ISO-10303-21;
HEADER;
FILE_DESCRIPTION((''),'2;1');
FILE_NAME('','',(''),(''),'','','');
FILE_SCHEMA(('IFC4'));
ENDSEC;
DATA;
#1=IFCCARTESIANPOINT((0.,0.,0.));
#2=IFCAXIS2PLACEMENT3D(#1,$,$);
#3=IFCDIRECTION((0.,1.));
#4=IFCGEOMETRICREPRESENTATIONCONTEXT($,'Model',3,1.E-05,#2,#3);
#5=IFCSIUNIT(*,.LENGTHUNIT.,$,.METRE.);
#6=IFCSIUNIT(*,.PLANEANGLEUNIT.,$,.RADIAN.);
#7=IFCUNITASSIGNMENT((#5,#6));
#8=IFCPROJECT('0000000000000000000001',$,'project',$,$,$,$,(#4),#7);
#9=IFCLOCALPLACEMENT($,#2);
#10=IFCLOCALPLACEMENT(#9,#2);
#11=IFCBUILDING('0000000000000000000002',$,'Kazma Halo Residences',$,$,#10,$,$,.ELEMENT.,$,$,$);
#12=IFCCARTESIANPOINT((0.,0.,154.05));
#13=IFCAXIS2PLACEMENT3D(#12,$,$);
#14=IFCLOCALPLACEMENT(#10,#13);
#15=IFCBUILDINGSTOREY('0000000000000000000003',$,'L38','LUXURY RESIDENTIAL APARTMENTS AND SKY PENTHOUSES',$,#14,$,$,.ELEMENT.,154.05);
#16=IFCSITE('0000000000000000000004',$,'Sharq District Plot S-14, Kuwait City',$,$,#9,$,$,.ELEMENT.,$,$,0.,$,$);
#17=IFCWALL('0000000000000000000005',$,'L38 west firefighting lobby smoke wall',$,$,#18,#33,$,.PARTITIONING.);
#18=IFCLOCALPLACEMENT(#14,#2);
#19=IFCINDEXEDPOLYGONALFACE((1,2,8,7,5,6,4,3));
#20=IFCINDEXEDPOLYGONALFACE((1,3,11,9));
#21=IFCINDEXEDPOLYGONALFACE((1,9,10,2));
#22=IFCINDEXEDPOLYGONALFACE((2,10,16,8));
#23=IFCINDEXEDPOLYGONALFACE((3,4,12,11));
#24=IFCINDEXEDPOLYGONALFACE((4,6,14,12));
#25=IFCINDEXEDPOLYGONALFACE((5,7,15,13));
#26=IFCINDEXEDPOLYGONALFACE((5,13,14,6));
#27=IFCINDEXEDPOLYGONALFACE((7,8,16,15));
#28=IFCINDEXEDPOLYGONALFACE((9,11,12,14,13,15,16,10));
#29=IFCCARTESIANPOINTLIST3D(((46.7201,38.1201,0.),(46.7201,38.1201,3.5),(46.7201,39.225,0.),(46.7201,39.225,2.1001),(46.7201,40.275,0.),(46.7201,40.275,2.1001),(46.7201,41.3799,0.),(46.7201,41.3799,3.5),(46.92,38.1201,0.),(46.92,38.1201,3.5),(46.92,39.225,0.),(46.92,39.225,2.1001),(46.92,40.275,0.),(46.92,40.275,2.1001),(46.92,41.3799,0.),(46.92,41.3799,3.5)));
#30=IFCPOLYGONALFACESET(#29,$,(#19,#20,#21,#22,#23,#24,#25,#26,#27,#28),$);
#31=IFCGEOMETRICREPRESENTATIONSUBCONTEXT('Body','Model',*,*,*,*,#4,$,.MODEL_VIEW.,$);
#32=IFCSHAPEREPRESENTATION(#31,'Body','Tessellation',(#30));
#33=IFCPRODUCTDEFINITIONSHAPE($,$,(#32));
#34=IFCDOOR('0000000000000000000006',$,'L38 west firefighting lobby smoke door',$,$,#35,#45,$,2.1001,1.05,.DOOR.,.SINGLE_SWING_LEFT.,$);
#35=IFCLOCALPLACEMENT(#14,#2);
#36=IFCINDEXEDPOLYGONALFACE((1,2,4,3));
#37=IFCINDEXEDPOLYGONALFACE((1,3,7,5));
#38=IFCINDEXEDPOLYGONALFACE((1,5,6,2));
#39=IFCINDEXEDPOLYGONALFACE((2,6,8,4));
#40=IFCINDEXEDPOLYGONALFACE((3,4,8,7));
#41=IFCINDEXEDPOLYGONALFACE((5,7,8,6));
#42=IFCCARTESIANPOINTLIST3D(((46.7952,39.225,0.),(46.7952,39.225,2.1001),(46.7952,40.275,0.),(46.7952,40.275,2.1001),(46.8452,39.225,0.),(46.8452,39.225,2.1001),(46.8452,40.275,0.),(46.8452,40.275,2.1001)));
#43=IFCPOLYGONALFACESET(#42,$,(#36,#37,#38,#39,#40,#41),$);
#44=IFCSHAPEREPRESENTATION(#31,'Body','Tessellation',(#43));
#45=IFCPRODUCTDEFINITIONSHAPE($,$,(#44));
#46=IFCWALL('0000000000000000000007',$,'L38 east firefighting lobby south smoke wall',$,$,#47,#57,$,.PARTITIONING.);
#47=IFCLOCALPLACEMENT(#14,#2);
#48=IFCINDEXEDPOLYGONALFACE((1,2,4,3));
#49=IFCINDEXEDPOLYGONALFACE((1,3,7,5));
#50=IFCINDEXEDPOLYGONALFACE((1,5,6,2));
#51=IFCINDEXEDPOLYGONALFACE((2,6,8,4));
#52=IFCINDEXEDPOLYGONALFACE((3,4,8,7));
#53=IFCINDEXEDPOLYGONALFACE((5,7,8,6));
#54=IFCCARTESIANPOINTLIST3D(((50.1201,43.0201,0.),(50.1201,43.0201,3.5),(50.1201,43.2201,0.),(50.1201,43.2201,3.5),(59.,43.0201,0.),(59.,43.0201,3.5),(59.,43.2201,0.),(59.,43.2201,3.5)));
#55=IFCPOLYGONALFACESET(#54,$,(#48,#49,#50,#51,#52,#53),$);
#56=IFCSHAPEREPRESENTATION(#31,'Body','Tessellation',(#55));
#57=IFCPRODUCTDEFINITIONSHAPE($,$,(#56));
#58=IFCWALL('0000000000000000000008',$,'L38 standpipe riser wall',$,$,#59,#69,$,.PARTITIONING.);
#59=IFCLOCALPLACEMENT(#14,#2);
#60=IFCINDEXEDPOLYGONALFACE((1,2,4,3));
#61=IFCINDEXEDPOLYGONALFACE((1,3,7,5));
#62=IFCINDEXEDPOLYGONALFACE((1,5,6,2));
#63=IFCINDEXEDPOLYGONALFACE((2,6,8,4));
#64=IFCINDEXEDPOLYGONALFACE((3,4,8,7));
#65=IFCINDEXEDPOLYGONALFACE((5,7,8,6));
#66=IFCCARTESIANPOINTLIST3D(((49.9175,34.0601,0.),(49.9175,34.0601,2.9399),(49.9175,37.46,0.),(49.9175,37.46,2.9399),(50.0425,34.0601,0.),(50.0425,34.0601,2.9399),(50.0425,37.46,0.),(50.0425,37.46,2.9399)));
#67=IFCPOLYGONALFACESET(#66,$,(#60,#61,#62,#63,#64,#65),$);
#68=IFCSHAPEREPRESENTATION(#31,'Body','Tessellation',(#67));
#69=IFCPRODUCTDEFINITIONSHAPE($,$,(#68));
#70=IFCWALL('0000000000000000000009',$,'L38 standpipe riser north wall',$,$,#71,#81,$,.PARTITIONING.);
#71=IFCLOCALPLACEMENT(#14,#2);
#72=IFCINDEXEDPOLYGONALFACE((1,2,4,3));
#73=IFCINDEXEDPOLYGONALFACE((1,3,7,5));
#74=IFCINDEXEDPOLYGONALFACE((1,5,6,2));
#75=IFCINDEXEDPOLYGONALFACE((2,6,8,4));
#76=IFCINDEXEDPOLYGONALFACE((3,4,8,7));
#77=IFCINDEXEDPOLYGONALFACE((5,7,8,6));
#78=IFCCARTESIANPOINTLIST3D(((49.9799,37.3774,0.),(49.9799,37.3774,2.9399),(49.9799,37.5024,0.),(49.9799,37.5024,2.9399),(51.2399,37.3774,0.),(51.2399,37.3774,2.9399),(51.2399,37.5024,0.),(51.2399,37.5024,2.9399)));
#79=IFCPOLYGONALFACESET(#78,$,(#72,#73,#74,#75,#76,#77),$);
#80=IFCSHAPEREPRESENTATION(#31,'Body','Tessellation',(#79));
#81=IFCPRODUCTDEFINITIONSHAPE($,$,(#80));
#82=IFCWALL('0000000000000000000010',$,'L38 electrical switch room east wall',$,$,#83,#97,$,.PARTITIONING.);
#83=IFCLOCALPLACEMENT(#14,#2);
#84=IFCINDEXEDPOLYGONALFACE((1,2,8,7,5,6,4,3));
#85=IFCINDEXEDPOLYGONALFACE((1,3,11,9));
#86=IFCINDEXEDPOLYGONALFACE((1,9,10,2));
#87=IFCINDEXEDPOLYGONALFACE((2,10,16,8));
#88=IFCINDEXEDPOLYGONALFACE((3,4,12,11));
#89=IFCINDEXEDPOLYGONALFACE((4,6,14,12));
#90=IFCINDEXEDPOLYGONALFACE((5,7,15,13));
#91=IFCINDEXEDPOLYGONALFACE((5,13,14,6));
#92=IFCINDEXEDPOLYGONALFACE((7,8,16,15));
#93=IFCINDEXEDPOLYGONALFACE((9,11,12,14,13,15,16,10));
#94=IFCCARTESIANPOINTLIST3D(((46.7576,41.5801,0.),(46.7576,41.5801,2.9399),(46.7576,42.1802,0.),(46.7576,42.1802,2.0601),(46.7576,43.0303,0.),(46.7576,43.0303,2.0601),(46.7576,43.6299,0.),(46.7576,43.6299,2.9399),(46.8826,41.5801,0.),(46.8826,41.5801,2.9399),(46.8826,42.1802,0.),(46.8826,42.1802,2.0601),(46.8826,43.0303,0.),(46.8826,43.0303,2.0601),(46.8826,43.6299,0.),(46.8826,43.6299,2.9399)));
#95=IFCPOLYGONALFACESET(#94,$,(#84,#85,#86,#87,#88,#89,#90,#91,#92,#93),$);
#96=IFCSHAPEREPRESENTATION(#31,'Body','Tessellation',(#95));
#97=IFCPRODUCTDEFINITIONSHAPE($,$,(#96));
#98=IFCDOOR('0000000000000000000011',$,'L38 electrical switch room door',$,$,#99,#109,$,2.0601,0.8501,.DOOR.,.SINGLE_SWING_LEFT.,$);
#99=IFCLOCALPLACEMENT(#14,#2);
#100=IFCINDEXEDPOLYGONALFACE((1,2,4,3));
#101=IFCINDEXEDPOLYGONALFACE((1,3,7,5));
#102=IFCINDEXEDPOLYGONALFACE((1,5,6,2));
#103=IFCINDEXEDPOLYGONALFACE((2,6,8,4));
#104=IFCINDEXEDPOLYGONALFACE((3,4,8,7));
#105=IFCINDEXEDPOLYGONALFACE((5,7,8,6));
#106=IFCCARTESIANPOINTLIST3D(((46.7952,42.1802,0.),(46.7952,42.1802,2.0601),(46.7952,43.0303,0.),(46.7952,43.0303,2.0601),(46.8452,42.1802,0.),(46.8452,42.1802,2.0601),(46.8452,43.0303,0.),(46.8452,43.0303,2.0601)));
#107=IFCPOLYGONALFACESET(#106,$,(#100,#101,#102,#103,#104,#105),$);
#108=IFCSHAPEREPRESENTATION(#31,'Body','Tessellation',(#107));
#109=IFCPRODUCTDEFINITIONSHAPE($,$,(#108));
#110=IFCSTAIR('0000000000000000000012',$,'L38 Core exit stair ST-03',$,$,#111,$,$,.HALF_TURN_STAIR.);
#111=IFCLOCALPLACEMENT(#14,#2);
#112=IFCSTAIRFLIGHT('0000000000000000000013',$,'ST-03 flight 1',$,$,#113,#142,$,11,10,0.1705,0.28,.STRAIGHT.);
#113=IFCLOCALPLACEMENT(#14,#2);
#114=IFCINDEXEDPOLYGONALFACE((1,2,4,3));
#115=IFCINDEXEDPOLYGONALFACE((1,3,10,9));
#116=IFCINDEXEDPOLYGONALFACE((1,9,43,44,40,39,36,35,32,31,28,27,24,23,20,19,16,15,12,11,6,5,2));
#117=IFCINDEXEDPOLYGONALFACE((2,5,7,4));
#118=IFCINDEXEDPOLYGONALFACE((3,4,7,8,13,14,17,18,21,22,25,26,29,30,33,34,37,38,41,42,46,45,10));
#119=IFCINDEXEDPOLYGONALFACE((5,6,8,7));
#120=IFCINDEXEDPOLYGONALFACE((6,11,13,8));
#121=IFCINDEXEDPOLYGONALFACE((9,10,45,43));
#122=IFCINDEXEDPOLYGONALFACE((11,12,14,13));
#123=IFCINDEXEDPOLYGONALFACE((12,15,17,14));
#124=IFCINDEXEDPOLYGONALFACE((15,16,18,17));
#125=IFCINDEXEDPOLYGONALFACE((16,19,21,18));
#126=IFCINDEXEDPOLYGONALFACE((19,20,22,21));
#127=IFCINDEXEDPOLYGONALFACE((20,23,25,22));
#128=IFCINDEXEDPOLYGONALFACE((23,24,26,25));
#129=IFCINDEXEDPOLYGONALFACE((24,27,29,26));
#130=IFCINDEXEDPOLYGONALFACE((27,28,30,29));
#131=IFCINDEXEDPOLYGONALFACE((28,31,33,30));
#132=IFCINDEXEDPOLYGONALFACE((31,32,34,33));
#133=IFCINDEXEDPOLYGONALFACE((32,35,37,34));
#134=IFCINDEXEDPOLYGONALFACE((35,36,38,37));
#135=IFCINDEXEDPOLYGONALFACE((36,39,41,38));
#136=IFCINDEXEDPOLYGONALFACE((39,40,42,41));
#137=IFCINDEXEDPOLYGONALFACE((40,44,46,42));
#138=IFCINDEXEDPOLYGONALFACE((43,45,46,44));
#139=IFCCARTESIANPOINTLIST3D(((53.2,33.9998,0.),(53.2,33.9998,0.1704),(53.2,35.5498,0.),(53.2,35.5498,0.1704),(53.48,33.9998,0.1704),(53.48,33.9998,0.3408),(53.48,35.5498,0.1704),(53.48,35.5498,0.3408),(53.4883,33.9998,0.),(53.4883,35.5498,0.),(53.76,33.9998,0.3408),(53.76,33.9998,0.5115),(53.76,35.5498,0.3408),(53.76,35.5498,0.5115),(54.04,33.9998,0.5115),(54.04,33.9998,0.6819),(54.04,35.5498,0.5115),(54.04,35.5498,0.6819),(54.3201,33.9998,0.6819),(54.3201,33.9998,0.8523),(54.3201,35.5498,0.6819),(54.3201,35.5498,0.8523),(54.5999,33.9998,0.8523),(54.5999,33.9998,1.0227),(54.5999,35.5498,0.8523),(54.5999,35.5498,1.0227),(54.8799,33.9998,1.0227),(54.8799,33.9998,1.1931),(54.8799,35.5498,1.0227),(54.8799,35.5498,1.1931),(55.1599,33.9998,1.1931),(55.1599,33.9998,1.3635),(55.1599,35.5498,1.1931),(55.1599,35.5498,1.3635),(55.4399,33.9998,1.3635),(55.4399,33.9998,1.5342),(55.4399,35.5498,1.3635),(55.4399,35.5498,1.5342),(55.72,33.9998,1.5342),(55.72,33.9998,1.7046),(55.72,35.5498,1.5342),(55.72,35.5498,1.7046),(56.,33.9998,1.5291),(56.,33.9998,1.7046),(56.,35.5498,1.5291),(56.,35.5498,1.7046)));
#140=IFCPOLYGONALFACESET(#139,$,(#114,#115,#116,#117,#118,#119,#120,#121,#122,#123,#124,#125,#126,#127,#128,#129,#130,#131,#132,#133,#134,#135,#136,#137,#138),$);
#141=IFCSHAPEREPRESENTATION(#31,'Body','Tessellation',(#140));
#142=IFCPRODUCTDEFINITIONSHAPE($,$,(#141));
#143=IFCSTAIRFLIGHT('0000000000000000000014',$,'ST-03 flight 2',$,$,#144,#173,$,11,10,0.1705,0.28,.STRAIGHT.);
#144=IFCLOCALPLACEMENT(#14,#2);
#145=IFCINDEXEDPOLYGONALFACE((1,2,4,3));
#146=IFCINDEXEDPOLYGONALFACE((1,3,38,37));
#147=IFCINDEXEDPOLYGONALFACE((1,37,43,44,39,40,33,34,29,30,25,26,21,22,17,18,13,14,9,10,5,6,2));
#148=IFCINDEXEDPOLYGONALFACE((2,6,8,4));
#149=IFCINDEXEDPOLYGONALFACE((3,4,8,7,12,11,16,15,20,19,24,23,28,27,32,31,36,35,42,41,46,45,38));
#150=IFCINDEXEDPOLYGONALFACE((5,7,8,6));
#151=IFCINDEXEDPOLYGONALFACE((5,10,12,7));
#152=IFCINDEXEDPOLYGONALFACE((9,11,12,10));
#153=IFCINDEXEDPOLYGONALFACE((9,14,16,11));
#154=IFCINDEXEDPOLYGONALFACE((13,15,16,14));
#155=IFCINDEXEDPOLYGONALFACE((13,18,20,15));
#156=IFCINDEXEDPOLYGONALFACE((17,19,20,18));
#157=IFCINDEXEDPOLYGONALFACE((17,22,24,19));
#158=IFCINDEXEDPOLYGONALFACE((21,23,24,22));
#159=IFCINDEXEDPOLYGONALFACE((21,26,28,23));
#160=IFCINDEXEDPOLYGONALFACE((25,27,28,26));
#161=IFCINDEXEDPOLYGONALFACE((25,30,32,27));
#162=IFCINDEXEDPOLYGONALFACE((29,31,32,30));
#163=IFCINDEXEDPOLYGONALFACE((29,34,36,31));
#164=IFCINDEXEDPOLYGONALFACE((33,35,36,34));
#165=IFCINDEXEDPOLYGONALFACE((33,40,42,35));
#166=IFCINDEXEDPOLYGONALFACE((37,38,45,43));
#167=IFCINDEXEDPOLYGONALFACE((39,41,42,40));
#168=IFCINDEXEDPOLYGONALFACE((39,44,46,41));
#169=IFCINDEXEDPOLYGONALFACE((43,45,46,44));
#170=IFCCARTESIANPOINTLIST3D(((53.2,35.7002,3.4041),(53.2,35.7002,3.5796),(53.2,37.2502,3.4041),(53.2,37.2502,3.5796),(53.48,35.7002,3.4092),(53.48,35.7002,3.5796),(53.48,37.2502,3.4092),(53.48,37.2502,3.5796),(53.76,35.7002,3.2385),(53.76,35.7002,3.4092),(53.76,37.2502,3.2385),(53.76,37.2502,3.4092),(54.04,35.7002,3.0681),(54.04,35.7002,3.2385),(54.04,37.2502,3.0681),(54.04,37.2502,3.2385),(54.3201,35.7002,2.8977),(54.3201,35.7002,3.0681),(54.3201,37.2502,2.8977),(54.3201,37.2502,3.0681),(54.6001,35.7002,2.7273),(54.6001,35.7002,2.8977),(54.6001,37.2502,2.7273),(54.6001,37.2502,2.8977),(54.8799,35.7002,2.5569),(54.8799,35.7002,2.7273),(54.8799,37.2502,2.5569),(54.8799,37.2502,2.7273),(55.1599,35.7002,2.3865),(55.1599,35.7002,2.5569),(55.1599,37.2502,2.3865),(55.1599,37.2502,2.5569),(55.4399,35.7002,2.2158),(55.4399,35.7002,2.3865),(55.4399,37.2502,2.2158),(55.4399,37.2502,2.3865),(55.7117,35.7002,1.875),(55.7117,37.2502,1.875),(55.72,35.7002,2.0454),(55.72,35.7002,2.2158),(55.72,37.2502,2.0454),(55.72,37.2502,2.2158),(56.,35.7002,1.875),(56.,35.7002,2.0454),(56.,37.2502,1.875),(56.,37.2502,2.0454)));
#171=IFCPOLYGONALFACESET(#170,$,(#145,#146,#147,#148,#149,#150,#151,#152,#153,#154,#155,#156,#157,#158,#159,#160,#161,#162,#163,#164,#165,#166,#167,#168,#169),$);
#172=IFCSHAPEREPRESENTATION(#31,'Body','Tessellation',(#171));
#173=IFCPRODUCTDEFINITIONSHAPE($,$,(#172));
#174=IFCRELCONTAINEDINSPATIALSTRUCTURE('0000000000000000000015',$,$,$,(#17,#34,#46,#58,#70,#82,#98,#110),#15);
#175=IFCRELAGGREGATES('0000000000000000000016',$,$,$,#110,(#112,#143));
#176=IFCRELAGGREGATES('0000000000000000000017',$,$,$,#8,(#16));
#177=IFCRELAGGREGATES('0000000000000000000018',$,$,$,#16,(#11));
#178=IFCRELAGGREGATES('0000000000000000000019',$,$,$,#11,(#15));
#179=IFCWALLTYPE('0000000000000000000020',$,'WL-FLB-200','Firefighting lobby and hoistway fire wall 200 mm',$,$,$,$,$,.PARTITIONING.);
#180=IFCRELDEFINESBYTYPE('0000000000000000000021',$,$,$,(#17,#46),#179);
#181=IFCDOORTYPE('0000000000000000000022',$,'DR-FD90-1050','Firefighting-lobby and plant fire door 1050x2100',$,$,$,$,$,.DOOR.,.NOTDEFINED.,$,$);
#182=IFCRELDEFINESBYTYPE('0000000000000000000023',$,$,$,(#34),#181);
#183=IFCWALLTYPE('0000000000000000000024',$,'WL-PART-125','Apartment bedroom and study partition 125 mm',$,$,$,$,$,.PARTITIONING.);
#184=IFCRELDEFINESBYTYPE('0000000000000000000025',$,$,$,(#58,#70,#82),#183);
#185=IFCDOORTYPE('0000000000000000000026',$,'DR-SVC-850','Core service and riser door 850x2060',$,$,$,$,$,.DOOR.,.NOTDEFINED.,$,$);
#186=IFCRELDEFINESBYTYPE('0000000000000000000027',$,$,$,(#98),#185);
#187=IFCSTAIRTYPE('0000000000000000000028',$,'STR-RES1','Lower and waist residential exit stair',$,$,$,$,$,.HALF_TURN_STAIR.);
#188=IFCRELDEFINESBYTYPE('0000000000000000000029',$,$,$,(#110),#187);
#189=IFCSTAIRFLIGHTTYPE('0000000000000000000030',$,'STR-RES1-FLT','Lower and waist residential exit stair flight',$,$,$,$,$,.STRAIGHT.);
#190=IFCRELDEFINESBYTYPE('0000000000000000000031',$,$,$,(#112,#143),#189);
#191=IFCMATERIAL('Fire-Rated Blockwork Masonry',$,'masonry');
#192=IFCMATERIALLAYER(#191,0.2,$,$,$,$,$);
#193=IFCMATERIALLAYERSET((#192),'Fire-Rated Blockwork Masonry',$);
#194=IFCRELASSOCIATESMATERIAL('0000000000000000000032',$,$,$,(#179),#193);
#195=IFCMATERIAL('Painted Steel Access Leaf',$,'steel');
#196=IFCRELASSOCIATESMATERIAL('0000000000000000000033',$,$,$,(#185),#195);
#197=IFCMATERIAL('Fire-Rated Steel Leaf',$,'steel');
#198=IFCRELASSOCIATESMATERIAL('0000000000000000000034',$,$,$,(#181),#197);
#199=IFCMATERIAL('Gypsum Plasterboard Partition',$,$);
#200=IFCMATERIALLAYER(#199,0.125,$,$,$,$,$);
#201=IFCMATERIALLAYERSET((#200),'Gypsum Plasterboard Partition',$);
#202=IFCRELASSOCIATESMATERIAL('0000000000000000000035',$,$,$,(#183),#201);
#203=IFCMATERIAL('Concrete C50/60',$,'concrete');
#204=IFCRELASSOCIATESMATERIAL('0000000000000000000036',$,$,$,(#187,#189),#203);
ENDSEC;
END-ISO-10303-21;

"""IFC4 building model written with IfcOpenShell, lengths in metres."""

from ifc_helpers import new_model, si_unit, direction, frame, frame_2d, origin, place, context, subcontext, project, spatial, polyline, rectangle, outline, extrude, material, layer, layer_set, type_object, element, fill, aggregate, save


model = new_model("IFC4")

# Units and contexts
model_context = context("Model", 3, precision=1e-05, world=origin(), true_north=direction((0.0, 1.0)))
body_context = subcontext(model_context, "Body", "Model", "MODEL_VIEW")
ifc_project = project(units=[si_unit("LENGTHUNIT", "METRE"), si_unit("PLANEANGLEUNIT", "RADIAN")], contexts=[model_context])

# Site, building, storey
site_placement = place(None, origin())
site = spatial("IfcSite", under=ifc_project, at=site_placement, Name="Sharq District Plot S-14, Kuwait City", CompositionType="ELEMENT", RefElevation=0.0)
building_placement = place(site_placement, origin())
building = spatial("IfcBuilding", under=site, at=building_placement, Name="Kazma Halo Residences", CompositionType="ELEMENT")
storey_placement = place(building_placement, frame((0.0, 0.0, 154.05)))
storey = spatial("IfcBuildingStorey", under=building, at=storey_placement, Name="L38", Description="LUXURY RESIDENTIAL APARTMENTS AND SKY PENTHOUSES", CompositionType="ELEMENT", Elevation=154.05)

# Shared definitions
ifc_material_1 = material(Name="Fire-Rated Blockwork Masonry", Category="masonry")
ifc_layer_1 = layer(ifc_material_1, 0.2)
ifc_layer_set_1 = layer_set([ifc_layer_1], Name="Fire-Rated Blockwork Masonry")
wall_type_1 = type_object("IfcWallType", Name="WL-FLB-200", Description="Firefighting lobby and hoistway fire wall 200 mm", PredefinedType="PARTITIONING", material=ifc_layer_set_1)

# Wall, opening, door
ifc_material_2 = material(Name="Painted Steel Access Leaf", Category="steel")
door_type_1 = type_object("IfcDoorType", Name="DR-SVC-850", Description="Core service and riser door 850x2060", OperationType="NOTDEFINED", PredefinedType="DOOR", material=ifc_material_2)
wall_1_placement = place(storey_placement, frame((46.8201, 38.1201, 0.0), z_axis=(0.0, 0.0, 1.0), x_axis=(0.0, 1.0, 0.0)))
wall_1 = element("IfcWall", 1, at=wall_1_placement, inside=storey, type_object=wall_type_1, Name="L38 west firefighting lobby smoke wall", PredefinedType="PARTITIONING", context=body_context, shape_type="SweptSolid", body=[
    extrude(rectangle(XDim=3.2598, YDim=0.2, at=frame_2d((1.6299, 0.0))), origin(), (0.0, 0.0, 1.0), 3.5),
])
opening_1_placement = place(wall_1_placement, frame((1.105, 0.0, 0.0)))
opening_1 = element("IfcOpeningElement", 2, at=opening_1_placement, cuts=wall_1, PredefinedType="OPENING", context=body_context, shape_type="SweptSolid", body=[
    extrude(rectangle(XDim=1.05, YDim=2.1001, at=frame_2d((0.5249, 1.05))), frame((0.0, 0.1099, 0.0), z_axis=(0.0, -1.0, 0.0), x_axis=(1.0, 0.0, 0.0)), (0.0, 0.0, 1.0), 0.22),
])
ifc_material_3 = material(Name="Fire-Rated Steel Leaf", Category="steel")
door_type_2 = type_object("IfcDoorType", Name="DR-FD90-1050", Description="Firefighting-lobby and plant fire door 1050x2100", OperationType="NOTDEFINED", PredefinedType="DOOR", material=ifc_material_3)
door_1_placement = place(opening_1_placement, origin())
door_1 = element("IfcDoor", 3, at=door_1_placement, inside=storey, type_object=door_type_2, Name="L38 west firefighting lobby smoke door", OperationType="SINGLE_SWING_LEFT", OverallHeight=2.1001, OverallWidth=1.05, PredefinedType="DOOR", context=body_context, shape_type="SweptSolid", body=[
    extrude(rectangle(XDim=1.05, YDim=2.1001, at=frame_2d((0.5249, 1.05))), frame((0.0, 0.0249, 0.0), z_axis=(0.0, -1.0, 0.0), x_axis=(1.0, 0.0, 0.0)), (0.0, 0.0, 1.0), 0.05),
])
fill(opening_1, door_1)

# Walls
wall_2_placement = place(storey_placement, frame((50.1201, 43.1201, 0.0), z_axis=(0.0, 0.0, 1.0), x_axis=(1.0, 0.0, 0.0)))
element("IfcWall", 4, at=wall_2_placement, inside=storey, type_object=wall_type_1, Name="L38 east firefighting lobby south smoke wall", PredefinedType="PARTITIONING", context=body_context, shape_type="SweptSolid", body=[
    extrude(rectangle(XDim=8.8799, YDim=0.2, at=frame_2d((4.4399, 0.0))), origin(), (0.0, 0.0, 1.0), 3.5),
])
ifc_material_4 = material(Name="Gypsum Plasterboard Partition")
ifc_layer_2 = layer(ifc_material_4, 0.125)
ifc_layer_set_2 = layer_set([ifc_layer_2], Name="Gypsum Plasterboard Partition")
wall_type_2 = type_object("IfcWallType", Name="WL-PART-125", Description="Apartment bedroom and study partition 125 mm", PredefinedType="PARTITIONING", material=ifc_layer_set_2)
wall_3_placement = place(storey_placement, frame((49.98, 34.0601, 0.0), z_axis=(0.0, 0.0, 1.0), x_axis=(0.0, 1.0, 0.0)))
element("IfcWall", 5, at=wall_3_placement, inside=storey, type_object=wall_type_2, Name="L38 standpipe riser wall", PredefinedType="PARTITIONING", context=body_context, shape_type="SweptSolid", body=[
    extrude(rectangle(XDim=3.3999, YDim=0.125, at=frame_2d((1.7, 0.0))), origin(), (0.0, 0.0, 1.0), 2.9399),
])
wall_4_placement = place(storey_placement, frame((49.98, 37.4399, 0.0), z_axis=(0.0, 0.0, 1.0), x_axis=(1.0, 0.0, 0.0)))
element("IfcWall", 6, at=wall_4_placement, inside=storey, type_object=wall_type_2, Name="L38 standpipe riser north wall", PredefinedType="PARTITIONING", context=body_context, shape_type="SweptSolid", body=[
    extrude(rectangle(XDim=1.26, YDim=0.125, at=frame_2d((0.6299, 0.0))), origin(), (0.0, 0.0, 1.0), 2.9399),
])

# Wall, opening, door
wall_5_placement = place(storey_placement, frame((46.8201, 41.5801, 0.0), z_axis=(0.0, 0.0, 1.0), x_axis=(0.0, 1.0, 0.0)))
wall_5 = element("IfcWall", 7, at=wall_5_placement, inside=storey, type_object=wall_type_2, Name="L38 electrical switch room east wall", PredefinedType="PARTITIONING", context=body_context, shape_type="SweptSolid", body=[
    extrude(rectangle(XDim=2.0498, YDim=0.125, at=frame_2d((1.0249, 0.0))), origin(), (0.0, 0.0, 1.0), 2.9399),
])
opening_2_placement = place(wall_5_placement, frame((0.6001, 0.0, 0.0)))
opening_2 = element("IfcOpeningElement", 8, at=opening_2_placement, cuts=wall_5, PredefinedType="OPENING", context=body_context, shape_type="SweptSolid", body=[
    extrude(rectangle(XDim=0.8501, YDim=2.0601, at=frame_2d((0.425, 1.03))), frame((0.0, 0.0725, 0.0), z_axis=(0.0, -1.0, 0.0), x_axis=(1.0, 0.0, 0.0)), (0.0, 0.0, 1.0), 0.145),
])
door_2_placement = place(opening_2_placement, origin())
door_2 = element("IfcDoor", 9, at=door_2_placement, inside=storey, type_object=door_type_1, Name="L38 electrical switch room door", OperationType="SINGLE_SWING_LEFT", OverallHeight=2.0601, OverallWidth=0.8501, PredefinedType="DOOR", context=body_context, shape_type="SweptSolid", body=[
    extrude(rectangle(XDim=0.8501, YDim=2.0601, at=frame_2d((0.425, 1.03))), frame((0.0, 0.0249, 0.0), z_axis=(0.0, -1.0, 0.0), x_axis=(1.0, 0.0, 0.0)), (0.0, 0.0, 1.0), 0.05),
])
fill(opening_2, door_2)
ifc_material_5 = material(Name="Concrete C50/60", Category="concrete")

# Stair, stair flights
stair_type = type_object("IfcStairType", Name="STR-RES1", Description="Lower and waist residential exit stair", PredefinedType="HALF_TURN_STAIR", material=ifc_material_5)
stair_placement = place(storey_placement, origin())
stair = element("IfcStair", 10, at=stair_placement, inside=storey, type_object=stair_type, Name="L38 Core exit stair ST-03", PredefinedType="HALF_TURN_STAIR")
stair_flight_type = type_object("IfcStairFlightType", Name="STR-RES1-FLT", Description="Lower and waist residential exit stair flight", PredefinedType="STRAIGHT", material=ifc_material_5)
stair_flight_1_placement = place(storey_placement, frame((53.2, 34.7749, 0.0), z_axis=(0.0, 0.0, 1.0), x_axis=(1.0, 0.0, 0.0)))
stair_flight_1 = element("IfcStairFlight", 11, at=stair_flight_1_placement, type_object=stair_flight_type, Name="ST-03 flight 1", NumberOfRisers=11, NumberOfTreads=10, PredefinedType="STRAIGHT", RiserHeight=0.1705, TreadLength=0.28, context=body_context, shape_type="SweptSolid", body=[
    extrude(outline(polyline([(0.0, 0.0), (0.0, 0.1704), (0.28, 0.1704), (0.28, 0.3408), (0.5601, 0.3408), (0.5601, 0.5115), (0.8401, 0.5115), (0.8401, 0.6819), (1.1201, 0.6819), (1.1201, 0.8523), (1.3999, 0.8523), (1.3999, 1.0227), (1.6799, 1.0227), (1.6799, 1.1931), (1.96, 1.1931), (1.96, 1.3635), (2.24, 1.3635), (2.24, 1.5342), (2.52, 1.5342), (2.52, 1.7046), (2.8, 1.7046), (2.8, 1.875), (2.8, 1.5291), (0.2883, 0.0), (0.0, 0.0)])), frame((0.0, 0.7749, 0.0), z_axis=(0.0, -1.0, 0.0), x_axis=(1.0, 0.0, 0.0)), (0.0, 0.0, 1.0), 1.55),
])
stair_flight_2_placement = place(storey_placement, frame((56.0, 36.4751, 1.875), z_axis=(0.0, 0.0, 1.0), x_axis=(-1.0, 0.0, 0.0)))
stair_flight_2 = element("IfcStairFlight", 12, at=stair_flight_2_placement, type_object=stair_flight_type, Name="ST-03 flight 2", NumberOfRisers=11, NumberOfTreads=10, PredefinedType="STRAIGHT", RiserHeight=0.1705, TreadLength=0.28, context=body_context, shape_type="SweptSolid", body=[
    extrude(outline(polyline([(0.0, 0.0), (0.0, 0.1704), (0.28, 0.1704), (0.28, 0.3408), (0.5601, 0.3408), (0.5601, 0.5115), (0.8401, 0.5115), (0.8401, 0.6819), (1.1201, 0.6819), (1.1201, 0.8523), (1.3999, 0.8523), (1.3999, 1.0227), (1.6799, 1.0227), (1.6799, 1.1931), (1.96, 1.1931), (1.96, 1.3635), (2.24, 1.3635), (2.24, 1.5342), (2.52, 1.5342), (2.52, 1.7046), (2.8, 1.7046), (2.8, 1.875), (2.8, 1.5291), (0.2883, 0.0), (0.0, 0.0)])), frame((0.0, 0.7749, 0.0), z_axis=(0.0, -1.0, 0.0), x_axis=(1.0, 0.0, 0.0)), (0.0, 0.0, 1.0), 1.55),
])
aggregate(stair, [stair_flight_1, stair_flight_2])

save(model, "model.ifc")
